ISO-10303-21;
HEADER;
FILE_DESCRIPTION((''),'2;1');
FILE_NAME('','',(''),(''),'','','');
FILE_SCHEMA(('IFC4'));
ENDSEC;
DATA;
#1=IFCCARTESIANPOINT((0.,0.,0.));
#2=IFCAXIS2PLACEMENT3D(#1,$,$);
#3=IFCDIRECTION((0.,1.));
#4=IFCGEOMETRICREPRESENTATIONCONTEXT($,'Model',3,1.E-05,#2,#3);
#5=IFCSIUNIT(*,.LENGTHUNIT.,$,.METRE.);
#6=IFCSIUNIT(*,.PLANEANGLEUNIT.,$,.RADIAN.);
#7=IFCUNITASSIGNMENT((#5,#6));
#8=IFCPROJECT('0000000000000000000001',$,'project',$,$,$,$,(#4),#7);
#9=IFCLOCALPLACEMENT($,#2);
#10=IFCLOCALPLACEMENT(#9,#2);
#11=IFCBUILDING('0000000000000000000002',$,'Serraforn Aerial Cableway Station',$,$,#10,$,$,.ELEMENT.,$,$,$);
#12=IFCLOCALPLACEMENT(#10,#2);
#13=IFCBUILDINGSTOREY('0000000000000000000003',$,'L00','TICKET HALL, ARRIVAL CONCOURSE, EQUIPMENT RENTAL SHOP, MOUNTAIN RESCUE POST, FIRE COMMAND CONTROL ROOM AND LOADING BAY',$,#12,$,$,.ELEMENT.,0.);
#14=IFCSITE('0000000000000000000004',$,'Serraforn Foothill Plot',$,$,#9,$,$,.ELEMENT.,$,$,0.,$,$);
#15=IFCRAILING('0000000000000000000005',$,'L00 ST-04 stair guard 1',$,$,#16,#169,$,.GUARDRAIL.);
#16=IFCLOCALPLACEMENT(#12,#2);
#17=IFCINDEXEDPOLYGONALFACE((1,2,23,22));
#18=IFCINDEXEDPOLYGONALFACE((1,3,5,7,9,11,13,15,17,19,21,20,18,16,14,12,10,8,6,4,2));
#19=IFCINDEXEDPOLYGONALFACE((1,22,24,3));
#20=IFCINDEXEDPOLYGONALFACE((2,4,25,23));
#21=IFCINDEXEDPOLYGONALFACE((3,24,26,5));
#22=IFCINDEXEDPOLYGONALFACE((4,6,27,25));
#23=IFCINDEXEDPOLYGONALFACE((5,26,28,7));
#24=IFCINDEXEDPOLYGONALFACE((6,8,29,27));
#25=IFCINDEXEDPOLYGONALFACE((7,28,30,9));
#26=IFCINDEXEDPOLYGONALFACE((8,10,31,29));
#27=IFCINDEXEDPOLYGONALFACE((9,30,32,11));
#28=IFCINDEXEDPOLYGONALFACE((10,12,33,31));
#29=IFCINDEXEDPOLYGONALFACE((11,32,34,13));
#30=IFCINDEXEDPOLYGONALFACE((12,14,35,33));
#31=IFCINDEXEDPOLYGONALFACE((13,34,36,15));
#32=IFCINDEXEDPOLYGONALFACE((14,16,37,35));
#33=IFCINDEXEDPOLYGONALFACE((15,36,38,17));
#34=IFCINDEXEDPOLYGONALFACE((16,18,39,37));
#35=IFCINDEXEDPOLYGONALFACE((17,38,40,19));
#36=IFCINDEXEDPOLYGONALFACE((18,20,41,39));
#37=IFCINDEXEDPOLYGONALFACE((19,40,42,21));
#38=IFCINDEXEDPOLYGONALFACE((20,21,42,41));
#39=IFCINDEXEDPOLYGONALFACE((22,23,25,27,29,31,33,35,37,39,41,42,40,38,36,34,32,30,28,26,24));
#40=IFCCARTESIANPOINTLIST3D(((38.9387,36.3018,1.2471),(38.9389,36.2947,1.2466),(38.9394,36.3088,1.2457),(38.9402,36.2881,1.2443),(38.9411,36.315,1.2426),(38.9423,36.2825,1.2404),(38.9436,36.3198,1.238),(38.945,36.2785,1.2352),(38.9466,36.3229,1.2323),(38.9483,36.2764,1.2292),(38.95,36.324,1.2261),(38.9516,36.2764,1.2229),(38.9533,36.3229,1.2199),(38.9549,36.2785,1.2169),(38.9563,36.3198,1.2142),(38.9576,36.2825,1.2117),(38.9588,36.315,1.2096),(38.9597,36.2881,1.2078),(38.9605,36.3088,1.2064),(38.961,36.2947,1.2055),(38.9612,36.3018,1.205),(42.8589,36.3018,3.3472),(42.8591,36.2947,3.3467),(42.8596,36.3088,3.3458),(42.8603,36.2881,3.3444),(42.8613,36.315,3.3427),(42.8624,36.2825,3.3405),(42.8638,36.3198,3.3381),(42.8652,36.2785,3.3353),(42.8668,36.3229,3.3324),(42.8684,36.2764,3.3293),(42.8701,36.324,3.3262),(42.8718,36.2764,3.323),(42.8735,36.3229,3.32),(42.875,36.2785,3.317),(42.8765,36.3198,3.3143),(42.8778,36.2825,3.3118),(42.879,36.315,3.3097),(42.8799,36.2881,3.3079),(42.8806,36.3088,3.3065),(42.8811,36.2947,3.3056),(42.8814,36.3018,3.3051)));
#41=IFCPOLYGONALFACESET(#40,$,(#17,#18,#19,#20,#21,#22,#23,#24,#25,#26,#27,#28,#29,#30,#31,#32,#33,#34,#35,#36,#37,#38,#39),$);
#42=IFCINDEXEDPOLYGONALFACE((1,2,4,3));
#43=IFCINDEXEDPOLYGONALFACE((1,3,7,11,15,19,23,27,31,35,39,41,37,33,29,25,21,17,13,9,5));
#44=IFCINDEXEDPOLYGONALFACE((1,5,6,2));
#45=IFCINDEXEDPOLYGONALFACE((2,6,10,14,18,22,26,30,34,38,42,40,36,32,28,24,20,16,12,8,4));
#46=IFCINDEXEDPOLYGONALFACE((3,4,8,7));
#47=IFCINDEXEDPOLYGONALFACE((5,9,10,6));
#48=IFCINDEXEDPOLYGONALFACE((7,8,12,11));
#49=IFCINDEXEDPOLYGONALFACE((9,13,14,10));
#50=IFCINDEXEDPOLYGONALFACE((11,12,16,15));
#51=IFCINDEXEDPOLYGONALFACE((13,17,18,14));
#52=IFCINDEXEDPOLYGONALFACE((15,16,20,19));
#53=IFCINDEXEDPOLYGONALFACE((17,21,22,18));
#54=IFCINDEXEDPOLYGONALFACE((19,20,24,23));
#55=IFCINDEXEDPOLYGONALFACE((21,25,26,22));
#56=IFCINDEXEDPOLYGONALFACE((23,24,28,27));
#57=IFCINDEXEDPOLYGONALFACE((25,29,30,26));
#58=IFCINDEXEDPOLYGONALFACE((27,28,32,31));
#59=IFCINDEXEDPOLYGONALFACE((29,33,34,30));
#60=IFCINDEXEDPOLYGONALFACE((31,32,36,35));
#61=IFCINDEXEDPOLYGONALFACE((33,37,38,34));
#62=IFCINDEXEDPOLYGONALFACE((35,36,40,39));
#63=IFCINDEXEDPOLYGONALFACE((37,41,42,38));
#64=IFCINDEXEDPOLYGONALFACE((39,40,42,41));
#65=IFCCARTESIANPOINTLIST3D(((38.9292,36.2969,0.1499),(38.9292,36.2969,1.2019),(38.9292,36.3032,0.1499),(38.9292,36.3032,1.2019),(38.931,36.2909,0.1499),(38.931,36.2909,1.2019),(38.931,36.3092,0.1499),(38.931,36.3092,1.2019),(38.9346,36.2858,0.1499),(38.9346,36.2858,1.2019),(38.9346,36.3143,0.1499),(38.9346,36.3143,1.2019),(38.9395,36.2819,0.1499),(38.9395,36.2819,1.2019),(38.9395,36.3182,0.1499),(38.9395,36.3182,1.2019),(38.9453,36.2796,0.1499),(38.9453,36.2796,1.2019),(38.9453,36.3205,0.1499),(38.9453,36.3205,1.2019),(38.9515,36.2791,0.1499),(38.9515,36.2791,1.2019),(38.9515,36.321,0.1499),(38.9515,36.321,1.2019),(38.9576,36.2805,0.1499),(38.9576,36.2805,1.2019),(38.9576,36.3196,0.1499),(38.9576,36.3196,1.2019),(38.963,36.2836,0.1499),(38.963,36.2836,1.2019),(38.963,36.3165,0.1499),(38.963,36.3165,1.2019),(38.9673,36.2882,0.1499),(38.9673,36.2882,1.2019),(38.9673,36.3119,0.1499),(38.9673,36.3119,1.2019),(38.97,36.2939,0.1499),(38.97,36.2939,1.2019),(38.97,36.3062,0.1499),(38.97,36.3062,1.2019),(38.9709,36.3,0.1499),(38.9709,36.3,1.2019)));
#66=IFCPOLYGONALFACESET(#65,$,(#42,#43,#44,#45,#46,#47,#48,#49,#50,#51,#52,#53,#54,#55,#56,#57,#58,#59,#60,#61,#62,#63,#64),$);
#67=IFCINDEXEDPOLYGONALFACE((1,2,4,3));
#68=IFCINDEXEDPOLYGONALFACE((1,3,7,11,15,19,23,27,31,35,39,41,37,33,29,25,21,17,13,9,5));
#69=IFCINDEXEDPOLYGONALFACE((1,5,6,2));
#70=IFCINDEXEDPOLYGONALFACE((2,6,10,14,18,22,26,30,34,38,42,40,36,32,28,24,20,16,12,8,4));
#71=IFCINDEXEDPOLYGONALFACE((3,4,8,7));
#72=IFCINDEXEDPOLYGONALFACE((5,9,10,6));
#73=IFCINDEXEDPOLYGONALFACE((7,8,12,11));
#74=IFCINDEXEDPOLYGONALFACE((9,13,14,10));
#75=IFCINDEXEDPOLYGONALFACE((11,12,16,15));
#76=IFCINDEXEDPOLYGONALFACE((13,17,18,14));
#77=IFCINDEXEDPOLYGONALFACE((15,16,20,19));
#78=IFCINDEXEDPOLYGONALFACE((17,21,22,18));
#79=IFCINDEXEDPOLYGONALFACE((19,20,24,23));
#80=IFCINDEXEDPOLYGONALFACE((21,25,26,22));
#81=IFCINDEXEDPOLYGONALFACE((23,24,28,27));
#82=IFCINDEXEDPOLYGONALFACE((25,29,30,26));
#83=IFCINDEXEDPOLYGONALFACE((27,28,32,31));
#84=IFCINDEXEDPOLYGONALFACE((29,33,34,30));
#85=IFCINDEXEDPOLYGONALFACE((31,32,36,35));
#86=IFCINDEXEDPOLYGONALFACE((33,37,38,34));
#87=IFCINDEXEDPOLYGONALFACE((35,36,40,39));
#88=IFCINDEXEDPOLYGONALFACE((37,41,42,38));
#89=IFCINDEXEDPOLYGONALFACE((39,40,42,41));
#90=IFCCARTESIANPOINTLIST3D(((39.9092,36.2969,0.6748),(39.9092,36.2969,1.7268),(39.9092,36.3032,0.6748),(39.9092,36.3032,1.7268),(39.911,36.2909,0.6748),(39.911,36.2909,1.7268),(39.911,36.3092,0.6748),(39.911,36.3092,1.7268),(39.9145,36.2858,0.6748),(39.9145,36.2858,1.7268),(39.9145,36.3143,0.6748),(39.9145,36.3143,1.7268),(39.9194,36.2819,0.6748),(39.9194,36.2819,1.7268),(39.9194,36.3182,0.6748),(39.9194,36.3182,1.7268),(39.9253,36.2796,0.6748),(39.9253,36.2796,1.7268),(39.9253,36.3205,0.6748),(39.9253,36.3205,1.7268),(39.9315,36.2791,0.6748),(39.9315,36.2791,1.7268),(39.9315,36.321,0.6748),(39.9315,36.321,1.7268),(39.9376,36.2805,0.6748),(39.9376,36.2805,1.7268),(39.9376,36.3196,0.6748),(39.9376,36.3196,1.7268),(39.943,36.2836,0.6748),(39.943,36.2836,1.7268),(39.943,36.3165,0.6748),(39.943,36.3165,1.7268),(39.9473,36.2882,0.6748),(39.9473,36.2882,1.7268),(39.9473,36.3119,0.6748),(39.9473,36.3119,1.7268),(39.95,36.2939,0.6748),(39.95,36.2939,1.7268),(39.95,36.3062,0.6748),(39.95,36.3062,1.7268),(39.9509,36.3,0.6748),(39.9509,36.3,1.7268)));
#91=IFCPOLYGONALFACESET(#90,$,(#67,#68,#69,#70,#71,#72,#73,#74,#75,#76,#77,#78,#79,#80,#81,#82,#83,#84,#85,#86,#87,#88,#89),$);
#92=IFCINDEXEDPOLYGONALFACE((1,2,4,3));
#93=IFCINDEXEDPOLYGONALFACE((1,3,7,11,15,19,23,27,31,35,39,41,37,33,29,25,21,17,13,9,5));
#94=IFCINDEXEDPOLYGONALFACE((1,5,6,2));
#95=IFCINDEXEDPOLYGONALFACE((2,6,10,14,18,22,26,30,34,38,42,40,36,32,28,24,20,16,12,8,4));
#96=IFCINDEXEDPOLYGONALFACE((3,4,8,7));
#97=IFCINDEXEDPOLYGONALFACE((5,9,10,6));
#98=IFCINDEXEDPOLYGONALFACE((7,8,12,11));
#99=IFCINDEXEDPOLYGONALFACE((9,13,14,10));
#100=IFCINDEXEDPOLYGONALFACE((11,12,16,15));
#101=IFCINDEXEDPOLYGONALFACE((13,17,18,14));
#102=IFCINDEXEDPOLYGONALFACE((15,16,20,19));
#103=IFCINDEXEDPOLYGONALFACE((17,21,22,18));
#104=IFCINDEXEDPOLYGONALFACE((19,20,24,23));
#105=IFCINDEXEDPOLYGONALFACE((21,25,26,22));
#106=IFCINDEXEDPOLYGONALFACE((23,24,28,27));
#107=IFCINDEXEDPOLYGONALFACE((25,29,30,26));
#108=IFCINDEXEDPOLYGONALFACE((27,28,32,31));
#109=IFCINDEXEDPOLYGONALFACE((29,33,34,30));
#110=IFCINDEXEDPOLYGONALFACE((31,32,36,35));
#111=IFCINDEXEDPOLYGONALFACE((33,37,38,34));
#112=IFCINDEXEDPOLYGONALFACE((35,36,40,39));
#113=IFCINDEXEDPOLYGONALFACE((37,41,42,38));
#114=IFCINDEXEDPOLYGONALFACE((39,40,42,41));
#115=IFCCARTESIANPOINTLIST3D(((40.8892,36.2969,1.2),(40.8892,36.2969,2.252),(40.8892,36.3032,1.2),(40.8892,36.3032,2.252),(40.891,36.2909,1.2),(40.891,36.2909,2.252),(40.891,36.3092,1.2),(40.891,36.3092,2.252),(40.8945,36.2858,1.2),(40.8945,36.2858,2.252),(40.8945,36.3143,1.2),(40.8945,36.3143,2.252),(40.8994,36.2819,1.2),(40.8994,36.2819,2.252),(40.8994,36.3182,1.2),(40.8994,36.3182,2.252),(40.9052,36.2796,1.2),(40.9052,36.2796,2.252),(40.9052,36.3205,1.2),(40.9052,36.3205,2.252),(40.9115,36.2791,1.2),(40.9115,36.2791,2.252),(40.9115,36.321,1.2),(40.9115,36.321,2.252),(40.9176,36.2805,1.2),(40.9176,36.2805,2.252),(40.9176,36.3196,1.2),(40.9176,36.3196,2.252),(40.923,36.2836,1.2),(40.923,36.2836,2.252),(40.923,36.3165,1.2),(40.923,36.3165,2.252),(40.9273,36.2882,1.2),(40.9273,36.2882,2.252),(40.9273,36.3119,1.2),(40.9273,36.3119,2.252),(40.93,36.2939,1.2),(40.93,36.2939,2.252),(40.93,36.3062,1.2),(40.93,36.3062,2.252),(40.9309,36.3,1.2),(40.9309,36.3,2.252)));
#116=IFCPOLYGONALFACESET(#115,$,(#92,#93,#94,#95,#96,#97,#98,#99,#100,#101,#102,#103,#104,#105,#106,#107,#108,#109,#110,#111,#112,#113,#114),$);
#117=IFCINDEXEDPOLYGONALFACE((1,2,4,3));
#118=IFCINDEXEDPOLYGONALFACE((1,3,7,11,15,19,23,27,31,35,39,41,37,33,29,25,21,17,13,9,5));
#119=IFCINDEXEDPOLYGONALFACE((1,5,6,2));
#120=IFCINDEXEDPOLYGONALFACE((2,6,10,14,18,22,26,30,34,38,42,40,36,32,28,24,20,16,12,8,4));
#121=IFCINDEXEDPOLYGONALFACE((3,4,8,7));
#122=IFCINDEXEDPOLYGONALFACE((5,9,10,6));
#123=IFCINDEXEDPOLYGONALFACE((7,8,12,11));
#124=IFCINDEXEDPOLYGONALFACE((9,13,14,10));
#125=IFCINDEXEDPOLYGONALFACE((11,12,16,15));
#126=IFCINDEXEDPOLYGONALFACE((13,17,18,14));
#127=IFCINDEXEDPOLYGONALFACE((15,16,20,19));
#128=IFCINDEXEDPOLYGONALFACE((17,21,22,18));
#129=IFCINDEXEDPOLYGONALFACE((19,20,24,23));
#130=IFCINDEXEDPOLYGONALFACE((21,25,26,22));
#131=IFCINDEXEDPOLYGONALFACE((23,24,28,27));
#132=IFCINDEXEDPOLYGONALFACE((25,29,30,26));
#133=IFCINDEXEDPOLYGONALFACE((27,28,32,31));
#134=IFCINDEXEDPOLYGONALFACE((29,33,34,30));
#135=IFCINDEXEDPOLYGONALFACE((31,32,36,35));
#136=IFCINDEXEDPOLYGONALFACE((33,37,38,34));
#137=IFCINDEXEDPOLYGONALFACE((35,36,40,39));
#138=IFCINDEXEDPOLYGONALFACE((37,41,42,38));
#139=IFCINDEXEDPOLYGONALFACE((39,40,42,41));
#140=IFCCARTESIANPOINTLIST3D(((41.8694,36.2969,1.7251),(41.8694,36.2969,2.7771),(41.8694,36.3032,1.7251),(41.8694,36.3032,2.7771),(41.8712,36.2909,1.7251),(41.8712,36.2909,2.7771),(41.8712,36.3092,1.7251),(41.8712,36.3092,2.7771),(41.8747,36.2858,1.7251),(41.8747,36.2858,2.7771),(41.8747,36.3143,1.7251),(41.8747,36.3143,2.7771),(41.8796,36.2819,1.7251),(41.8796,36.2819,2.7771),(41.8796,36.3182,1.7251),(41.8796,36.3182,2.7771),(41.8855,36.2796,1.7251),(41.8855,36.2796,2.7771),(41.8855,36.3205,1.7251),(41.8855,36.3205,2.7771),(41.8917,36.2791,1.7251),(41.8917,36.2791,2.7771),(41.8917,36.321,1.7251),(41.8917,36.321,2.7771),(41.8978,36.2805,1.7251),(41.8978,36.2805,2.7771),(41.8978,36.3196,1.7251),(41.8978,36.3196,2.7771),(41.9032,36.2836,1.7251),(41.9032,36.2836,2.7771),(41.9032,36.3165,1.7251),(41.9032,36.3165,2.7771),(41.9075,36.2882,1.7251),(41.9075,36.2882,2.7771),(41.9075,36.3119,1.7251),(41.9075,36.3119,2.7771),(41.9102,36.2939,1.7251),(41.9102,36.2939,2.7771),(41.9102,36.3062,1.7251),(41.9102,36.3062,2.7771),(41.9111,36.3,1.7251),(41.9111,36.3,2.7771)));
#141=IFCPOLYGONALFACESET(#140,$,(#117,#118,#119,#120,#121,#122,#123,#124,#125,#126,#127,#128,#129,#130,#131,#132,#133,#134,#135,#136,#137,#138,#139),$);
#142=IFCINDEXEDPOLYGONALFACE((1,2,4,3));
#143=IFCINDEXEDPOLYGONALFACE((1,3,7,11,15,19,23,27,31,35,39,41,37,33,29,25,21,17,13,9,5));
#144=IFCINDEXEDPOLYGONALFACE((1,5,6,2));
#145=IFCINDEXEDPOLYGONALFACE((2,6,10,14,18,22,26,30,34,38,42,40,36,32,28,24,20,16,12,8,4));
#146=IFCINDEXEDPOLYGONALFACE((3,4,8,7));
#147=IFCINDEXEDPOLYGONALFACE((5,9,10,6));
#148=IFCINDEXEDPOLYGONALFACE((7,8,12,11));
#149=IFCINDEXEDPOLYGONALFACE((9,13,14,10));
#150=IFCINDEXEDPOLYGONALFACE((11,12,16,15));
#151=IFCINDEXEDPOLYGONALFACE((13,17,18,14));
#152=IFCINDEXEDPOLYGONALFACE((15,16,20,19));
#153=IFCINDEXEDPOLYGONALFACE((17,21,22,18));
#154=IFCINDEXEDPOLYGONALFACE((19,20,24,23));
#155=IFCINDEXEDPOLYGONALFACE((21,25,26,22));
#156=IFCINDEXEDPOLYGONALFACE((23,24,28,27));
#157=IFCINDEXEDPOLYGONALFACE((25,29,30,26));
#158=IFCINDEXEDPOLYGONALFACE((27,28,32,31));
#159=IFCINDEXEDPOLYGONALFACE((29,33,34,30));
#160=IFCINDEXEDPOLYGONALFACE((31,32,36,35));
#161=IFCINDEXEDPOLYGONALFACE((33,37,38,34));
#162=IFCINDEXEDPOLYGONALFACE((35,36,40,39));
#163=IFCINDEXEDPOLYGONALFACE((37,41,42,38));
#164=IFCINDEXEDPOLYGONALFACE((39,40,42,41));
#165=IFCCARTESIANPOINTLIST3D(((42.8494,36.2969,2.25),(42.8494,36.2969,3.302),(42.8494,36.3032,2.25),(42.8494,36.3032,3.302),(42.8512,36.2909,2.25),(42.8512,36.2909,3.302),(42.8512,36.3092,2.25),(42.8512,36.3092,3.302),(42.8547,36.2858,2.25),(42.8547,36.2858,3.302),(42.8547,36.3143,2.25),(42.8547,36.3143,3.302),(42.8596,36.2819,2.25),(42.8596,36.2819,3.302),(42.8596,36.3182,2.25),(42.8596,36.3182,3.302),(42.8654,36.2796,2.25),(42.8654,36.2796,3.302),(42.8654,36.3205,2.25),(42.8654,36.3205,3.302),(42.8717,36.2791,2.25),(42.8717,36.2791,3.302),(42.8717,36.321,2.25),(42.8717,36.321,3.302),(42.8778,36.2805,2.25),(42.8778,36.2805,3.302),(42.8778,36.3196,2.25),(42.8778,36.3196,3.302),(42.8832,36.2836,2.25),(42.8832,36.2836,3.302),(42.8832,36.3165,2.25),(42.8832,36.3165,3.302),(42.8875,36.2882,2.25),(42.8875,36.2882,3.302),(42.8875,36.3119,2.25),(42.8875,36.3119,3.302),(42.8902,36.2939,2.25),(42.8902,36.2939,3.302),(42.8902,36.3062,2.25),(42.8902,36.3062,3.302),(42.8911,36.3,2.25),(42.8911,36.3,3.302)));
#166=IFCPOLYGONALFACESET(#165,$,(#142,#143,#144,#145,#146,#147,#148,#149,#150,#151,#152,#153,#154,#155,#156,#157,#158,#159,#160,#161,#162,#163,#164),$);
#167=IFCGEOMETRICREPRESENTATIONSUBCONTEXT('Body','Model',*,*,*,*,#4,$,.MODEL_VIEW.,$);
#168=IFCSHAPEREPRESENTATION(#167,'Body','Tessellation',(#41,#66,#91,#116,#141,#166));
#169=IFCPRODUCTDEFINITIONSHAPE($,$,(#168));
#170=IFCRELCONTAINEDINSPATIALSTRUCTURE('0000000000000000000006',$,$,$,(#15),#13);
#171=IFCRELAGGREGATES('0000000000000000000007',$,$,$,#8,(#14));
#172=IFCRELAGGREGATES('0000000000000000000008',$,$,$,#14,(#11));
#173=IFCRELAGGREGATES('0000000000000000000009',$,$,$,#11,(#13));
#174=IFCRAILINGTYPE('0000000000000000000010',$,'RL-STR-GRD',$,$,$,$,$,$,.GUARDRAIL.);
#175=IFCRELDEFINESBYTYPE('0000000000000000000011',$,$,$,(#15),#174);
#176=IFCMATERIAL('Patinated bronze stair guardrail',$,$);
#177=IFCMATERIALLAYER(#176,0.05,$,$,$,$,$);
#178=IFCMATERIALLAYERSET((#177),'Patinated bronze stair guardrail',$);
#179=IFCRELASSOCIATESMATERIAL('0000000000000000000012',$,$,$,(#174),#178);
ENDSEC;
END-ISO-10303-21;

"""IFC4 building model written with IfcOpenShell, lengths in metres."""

from ifc_helpers import new_model, si_unit, direction, frame, origin, origin_2d, place, context, subcontext, project, spatial, circle, extrude, material, layer, layer_set, type_object, element, save


model = new_model("IFC4")

# Units and contexts
model_context = context("Model", 3, precision=1e-05, world=origin(), true_north=direction((0.0, 1.0)))
body_context = subcontext(model_context, "Body", "Model", "MODEL_VIEW")
ifc_project = project(units=[si_unit("LENGTHUNIT", "METRE"), si_unit("PLANEANGLEUNIT", "RADIAN")], contexts=[model_context])

# Site, building, storey
site_placement = place(None, origin())
site = spatial("IfcSite", under=ifc_project, at=site_placement, Name="Serraforn Foothill Plot", CompositionType="ELEMENT", RefElevation=0.0)
building_placement = place(site_placement, origin())
building = spatial("IfcBuilding", under=site, at=building_placement, Name="Serraforn Aerial Cableway Station", CompositionType="ELEMENT")
storey_placement = place(building_placement, origin())
storey = spatial("IfcBuildingStorey", under=building, at=storey_placement, Name="L00", Description="TICKET HALL, ARRIVAL CONCOURSE, EQUIPMENT RENTAL SHOP, MOUNTAIN RESCUE POST, FIRE COMMAND CONTROL ROOM AND LOADING BAY", CompositionType="ELEMENT", Elevation=0.0)

# Railing
ifc_material_1 = material(Name="Patinated bronze stair guardrail")
ifc_layer_1 = layer(ifc_material_1, 0.05)
ifc_layer_set_1 = layer_set([ifc_layer_1], Name="Patinated bronze stair guardrail")
railing_type_1 = type_object("IfcRailingType", Name="RL-STR-GRD", PredefinedType="GUARDRAIL", material=ifc_layer_set_1)
railing_1_placement = place(storey_placement, frame((38.95, 36.3, 0.1499)))
element("IfcRailing", 1, at=railing_1_placement, inside=storey, type_object=railing_type_1, Name="L00 ST-04 stair guard 1", PredefinedType="GUARDRAIL", context=body_context, shape_type="SweptSolid", body=[
    extrude(circle(Radius=0.0239, at=origin_2d()), frame((0.0, 0.0, 1.0762), z_axis=(0.881479, 0.0, 0.472223), x_axis=(0.0, 1.0, 0.0)), (0.0, 0.0, 1.0), 4.4473),
    extrude(circle(Radius=0.021, at=origin_2d()), origin(), (0.0, 0.0, 1.0), 1.052),
    extrude(circle(Radius=0.021, at=origin_2d()), frame((0.98, 0.0, 0.5249)), (0.0, 0.0, 1.0), 1.052),
    extrude(circle(Radius=0.021, at=origin_2d()), frame((1.96, 0.0, 1.05)), (0.0, 0.0, 1.0), 1.052),
    extrude(circle(Radius=0.021, at=origin_2d()), frame((2.9402, 0.0, 1.5752)), (0.0, 0.0, 1.0), 1.052),
    extrude(circle(Radius=0.021, at=origin_2d()), frame((3.9202, 0.0, 2.1001)), (0.0, 0.0, 1.0), 1.052),
])

save(model, "model.ifc")
